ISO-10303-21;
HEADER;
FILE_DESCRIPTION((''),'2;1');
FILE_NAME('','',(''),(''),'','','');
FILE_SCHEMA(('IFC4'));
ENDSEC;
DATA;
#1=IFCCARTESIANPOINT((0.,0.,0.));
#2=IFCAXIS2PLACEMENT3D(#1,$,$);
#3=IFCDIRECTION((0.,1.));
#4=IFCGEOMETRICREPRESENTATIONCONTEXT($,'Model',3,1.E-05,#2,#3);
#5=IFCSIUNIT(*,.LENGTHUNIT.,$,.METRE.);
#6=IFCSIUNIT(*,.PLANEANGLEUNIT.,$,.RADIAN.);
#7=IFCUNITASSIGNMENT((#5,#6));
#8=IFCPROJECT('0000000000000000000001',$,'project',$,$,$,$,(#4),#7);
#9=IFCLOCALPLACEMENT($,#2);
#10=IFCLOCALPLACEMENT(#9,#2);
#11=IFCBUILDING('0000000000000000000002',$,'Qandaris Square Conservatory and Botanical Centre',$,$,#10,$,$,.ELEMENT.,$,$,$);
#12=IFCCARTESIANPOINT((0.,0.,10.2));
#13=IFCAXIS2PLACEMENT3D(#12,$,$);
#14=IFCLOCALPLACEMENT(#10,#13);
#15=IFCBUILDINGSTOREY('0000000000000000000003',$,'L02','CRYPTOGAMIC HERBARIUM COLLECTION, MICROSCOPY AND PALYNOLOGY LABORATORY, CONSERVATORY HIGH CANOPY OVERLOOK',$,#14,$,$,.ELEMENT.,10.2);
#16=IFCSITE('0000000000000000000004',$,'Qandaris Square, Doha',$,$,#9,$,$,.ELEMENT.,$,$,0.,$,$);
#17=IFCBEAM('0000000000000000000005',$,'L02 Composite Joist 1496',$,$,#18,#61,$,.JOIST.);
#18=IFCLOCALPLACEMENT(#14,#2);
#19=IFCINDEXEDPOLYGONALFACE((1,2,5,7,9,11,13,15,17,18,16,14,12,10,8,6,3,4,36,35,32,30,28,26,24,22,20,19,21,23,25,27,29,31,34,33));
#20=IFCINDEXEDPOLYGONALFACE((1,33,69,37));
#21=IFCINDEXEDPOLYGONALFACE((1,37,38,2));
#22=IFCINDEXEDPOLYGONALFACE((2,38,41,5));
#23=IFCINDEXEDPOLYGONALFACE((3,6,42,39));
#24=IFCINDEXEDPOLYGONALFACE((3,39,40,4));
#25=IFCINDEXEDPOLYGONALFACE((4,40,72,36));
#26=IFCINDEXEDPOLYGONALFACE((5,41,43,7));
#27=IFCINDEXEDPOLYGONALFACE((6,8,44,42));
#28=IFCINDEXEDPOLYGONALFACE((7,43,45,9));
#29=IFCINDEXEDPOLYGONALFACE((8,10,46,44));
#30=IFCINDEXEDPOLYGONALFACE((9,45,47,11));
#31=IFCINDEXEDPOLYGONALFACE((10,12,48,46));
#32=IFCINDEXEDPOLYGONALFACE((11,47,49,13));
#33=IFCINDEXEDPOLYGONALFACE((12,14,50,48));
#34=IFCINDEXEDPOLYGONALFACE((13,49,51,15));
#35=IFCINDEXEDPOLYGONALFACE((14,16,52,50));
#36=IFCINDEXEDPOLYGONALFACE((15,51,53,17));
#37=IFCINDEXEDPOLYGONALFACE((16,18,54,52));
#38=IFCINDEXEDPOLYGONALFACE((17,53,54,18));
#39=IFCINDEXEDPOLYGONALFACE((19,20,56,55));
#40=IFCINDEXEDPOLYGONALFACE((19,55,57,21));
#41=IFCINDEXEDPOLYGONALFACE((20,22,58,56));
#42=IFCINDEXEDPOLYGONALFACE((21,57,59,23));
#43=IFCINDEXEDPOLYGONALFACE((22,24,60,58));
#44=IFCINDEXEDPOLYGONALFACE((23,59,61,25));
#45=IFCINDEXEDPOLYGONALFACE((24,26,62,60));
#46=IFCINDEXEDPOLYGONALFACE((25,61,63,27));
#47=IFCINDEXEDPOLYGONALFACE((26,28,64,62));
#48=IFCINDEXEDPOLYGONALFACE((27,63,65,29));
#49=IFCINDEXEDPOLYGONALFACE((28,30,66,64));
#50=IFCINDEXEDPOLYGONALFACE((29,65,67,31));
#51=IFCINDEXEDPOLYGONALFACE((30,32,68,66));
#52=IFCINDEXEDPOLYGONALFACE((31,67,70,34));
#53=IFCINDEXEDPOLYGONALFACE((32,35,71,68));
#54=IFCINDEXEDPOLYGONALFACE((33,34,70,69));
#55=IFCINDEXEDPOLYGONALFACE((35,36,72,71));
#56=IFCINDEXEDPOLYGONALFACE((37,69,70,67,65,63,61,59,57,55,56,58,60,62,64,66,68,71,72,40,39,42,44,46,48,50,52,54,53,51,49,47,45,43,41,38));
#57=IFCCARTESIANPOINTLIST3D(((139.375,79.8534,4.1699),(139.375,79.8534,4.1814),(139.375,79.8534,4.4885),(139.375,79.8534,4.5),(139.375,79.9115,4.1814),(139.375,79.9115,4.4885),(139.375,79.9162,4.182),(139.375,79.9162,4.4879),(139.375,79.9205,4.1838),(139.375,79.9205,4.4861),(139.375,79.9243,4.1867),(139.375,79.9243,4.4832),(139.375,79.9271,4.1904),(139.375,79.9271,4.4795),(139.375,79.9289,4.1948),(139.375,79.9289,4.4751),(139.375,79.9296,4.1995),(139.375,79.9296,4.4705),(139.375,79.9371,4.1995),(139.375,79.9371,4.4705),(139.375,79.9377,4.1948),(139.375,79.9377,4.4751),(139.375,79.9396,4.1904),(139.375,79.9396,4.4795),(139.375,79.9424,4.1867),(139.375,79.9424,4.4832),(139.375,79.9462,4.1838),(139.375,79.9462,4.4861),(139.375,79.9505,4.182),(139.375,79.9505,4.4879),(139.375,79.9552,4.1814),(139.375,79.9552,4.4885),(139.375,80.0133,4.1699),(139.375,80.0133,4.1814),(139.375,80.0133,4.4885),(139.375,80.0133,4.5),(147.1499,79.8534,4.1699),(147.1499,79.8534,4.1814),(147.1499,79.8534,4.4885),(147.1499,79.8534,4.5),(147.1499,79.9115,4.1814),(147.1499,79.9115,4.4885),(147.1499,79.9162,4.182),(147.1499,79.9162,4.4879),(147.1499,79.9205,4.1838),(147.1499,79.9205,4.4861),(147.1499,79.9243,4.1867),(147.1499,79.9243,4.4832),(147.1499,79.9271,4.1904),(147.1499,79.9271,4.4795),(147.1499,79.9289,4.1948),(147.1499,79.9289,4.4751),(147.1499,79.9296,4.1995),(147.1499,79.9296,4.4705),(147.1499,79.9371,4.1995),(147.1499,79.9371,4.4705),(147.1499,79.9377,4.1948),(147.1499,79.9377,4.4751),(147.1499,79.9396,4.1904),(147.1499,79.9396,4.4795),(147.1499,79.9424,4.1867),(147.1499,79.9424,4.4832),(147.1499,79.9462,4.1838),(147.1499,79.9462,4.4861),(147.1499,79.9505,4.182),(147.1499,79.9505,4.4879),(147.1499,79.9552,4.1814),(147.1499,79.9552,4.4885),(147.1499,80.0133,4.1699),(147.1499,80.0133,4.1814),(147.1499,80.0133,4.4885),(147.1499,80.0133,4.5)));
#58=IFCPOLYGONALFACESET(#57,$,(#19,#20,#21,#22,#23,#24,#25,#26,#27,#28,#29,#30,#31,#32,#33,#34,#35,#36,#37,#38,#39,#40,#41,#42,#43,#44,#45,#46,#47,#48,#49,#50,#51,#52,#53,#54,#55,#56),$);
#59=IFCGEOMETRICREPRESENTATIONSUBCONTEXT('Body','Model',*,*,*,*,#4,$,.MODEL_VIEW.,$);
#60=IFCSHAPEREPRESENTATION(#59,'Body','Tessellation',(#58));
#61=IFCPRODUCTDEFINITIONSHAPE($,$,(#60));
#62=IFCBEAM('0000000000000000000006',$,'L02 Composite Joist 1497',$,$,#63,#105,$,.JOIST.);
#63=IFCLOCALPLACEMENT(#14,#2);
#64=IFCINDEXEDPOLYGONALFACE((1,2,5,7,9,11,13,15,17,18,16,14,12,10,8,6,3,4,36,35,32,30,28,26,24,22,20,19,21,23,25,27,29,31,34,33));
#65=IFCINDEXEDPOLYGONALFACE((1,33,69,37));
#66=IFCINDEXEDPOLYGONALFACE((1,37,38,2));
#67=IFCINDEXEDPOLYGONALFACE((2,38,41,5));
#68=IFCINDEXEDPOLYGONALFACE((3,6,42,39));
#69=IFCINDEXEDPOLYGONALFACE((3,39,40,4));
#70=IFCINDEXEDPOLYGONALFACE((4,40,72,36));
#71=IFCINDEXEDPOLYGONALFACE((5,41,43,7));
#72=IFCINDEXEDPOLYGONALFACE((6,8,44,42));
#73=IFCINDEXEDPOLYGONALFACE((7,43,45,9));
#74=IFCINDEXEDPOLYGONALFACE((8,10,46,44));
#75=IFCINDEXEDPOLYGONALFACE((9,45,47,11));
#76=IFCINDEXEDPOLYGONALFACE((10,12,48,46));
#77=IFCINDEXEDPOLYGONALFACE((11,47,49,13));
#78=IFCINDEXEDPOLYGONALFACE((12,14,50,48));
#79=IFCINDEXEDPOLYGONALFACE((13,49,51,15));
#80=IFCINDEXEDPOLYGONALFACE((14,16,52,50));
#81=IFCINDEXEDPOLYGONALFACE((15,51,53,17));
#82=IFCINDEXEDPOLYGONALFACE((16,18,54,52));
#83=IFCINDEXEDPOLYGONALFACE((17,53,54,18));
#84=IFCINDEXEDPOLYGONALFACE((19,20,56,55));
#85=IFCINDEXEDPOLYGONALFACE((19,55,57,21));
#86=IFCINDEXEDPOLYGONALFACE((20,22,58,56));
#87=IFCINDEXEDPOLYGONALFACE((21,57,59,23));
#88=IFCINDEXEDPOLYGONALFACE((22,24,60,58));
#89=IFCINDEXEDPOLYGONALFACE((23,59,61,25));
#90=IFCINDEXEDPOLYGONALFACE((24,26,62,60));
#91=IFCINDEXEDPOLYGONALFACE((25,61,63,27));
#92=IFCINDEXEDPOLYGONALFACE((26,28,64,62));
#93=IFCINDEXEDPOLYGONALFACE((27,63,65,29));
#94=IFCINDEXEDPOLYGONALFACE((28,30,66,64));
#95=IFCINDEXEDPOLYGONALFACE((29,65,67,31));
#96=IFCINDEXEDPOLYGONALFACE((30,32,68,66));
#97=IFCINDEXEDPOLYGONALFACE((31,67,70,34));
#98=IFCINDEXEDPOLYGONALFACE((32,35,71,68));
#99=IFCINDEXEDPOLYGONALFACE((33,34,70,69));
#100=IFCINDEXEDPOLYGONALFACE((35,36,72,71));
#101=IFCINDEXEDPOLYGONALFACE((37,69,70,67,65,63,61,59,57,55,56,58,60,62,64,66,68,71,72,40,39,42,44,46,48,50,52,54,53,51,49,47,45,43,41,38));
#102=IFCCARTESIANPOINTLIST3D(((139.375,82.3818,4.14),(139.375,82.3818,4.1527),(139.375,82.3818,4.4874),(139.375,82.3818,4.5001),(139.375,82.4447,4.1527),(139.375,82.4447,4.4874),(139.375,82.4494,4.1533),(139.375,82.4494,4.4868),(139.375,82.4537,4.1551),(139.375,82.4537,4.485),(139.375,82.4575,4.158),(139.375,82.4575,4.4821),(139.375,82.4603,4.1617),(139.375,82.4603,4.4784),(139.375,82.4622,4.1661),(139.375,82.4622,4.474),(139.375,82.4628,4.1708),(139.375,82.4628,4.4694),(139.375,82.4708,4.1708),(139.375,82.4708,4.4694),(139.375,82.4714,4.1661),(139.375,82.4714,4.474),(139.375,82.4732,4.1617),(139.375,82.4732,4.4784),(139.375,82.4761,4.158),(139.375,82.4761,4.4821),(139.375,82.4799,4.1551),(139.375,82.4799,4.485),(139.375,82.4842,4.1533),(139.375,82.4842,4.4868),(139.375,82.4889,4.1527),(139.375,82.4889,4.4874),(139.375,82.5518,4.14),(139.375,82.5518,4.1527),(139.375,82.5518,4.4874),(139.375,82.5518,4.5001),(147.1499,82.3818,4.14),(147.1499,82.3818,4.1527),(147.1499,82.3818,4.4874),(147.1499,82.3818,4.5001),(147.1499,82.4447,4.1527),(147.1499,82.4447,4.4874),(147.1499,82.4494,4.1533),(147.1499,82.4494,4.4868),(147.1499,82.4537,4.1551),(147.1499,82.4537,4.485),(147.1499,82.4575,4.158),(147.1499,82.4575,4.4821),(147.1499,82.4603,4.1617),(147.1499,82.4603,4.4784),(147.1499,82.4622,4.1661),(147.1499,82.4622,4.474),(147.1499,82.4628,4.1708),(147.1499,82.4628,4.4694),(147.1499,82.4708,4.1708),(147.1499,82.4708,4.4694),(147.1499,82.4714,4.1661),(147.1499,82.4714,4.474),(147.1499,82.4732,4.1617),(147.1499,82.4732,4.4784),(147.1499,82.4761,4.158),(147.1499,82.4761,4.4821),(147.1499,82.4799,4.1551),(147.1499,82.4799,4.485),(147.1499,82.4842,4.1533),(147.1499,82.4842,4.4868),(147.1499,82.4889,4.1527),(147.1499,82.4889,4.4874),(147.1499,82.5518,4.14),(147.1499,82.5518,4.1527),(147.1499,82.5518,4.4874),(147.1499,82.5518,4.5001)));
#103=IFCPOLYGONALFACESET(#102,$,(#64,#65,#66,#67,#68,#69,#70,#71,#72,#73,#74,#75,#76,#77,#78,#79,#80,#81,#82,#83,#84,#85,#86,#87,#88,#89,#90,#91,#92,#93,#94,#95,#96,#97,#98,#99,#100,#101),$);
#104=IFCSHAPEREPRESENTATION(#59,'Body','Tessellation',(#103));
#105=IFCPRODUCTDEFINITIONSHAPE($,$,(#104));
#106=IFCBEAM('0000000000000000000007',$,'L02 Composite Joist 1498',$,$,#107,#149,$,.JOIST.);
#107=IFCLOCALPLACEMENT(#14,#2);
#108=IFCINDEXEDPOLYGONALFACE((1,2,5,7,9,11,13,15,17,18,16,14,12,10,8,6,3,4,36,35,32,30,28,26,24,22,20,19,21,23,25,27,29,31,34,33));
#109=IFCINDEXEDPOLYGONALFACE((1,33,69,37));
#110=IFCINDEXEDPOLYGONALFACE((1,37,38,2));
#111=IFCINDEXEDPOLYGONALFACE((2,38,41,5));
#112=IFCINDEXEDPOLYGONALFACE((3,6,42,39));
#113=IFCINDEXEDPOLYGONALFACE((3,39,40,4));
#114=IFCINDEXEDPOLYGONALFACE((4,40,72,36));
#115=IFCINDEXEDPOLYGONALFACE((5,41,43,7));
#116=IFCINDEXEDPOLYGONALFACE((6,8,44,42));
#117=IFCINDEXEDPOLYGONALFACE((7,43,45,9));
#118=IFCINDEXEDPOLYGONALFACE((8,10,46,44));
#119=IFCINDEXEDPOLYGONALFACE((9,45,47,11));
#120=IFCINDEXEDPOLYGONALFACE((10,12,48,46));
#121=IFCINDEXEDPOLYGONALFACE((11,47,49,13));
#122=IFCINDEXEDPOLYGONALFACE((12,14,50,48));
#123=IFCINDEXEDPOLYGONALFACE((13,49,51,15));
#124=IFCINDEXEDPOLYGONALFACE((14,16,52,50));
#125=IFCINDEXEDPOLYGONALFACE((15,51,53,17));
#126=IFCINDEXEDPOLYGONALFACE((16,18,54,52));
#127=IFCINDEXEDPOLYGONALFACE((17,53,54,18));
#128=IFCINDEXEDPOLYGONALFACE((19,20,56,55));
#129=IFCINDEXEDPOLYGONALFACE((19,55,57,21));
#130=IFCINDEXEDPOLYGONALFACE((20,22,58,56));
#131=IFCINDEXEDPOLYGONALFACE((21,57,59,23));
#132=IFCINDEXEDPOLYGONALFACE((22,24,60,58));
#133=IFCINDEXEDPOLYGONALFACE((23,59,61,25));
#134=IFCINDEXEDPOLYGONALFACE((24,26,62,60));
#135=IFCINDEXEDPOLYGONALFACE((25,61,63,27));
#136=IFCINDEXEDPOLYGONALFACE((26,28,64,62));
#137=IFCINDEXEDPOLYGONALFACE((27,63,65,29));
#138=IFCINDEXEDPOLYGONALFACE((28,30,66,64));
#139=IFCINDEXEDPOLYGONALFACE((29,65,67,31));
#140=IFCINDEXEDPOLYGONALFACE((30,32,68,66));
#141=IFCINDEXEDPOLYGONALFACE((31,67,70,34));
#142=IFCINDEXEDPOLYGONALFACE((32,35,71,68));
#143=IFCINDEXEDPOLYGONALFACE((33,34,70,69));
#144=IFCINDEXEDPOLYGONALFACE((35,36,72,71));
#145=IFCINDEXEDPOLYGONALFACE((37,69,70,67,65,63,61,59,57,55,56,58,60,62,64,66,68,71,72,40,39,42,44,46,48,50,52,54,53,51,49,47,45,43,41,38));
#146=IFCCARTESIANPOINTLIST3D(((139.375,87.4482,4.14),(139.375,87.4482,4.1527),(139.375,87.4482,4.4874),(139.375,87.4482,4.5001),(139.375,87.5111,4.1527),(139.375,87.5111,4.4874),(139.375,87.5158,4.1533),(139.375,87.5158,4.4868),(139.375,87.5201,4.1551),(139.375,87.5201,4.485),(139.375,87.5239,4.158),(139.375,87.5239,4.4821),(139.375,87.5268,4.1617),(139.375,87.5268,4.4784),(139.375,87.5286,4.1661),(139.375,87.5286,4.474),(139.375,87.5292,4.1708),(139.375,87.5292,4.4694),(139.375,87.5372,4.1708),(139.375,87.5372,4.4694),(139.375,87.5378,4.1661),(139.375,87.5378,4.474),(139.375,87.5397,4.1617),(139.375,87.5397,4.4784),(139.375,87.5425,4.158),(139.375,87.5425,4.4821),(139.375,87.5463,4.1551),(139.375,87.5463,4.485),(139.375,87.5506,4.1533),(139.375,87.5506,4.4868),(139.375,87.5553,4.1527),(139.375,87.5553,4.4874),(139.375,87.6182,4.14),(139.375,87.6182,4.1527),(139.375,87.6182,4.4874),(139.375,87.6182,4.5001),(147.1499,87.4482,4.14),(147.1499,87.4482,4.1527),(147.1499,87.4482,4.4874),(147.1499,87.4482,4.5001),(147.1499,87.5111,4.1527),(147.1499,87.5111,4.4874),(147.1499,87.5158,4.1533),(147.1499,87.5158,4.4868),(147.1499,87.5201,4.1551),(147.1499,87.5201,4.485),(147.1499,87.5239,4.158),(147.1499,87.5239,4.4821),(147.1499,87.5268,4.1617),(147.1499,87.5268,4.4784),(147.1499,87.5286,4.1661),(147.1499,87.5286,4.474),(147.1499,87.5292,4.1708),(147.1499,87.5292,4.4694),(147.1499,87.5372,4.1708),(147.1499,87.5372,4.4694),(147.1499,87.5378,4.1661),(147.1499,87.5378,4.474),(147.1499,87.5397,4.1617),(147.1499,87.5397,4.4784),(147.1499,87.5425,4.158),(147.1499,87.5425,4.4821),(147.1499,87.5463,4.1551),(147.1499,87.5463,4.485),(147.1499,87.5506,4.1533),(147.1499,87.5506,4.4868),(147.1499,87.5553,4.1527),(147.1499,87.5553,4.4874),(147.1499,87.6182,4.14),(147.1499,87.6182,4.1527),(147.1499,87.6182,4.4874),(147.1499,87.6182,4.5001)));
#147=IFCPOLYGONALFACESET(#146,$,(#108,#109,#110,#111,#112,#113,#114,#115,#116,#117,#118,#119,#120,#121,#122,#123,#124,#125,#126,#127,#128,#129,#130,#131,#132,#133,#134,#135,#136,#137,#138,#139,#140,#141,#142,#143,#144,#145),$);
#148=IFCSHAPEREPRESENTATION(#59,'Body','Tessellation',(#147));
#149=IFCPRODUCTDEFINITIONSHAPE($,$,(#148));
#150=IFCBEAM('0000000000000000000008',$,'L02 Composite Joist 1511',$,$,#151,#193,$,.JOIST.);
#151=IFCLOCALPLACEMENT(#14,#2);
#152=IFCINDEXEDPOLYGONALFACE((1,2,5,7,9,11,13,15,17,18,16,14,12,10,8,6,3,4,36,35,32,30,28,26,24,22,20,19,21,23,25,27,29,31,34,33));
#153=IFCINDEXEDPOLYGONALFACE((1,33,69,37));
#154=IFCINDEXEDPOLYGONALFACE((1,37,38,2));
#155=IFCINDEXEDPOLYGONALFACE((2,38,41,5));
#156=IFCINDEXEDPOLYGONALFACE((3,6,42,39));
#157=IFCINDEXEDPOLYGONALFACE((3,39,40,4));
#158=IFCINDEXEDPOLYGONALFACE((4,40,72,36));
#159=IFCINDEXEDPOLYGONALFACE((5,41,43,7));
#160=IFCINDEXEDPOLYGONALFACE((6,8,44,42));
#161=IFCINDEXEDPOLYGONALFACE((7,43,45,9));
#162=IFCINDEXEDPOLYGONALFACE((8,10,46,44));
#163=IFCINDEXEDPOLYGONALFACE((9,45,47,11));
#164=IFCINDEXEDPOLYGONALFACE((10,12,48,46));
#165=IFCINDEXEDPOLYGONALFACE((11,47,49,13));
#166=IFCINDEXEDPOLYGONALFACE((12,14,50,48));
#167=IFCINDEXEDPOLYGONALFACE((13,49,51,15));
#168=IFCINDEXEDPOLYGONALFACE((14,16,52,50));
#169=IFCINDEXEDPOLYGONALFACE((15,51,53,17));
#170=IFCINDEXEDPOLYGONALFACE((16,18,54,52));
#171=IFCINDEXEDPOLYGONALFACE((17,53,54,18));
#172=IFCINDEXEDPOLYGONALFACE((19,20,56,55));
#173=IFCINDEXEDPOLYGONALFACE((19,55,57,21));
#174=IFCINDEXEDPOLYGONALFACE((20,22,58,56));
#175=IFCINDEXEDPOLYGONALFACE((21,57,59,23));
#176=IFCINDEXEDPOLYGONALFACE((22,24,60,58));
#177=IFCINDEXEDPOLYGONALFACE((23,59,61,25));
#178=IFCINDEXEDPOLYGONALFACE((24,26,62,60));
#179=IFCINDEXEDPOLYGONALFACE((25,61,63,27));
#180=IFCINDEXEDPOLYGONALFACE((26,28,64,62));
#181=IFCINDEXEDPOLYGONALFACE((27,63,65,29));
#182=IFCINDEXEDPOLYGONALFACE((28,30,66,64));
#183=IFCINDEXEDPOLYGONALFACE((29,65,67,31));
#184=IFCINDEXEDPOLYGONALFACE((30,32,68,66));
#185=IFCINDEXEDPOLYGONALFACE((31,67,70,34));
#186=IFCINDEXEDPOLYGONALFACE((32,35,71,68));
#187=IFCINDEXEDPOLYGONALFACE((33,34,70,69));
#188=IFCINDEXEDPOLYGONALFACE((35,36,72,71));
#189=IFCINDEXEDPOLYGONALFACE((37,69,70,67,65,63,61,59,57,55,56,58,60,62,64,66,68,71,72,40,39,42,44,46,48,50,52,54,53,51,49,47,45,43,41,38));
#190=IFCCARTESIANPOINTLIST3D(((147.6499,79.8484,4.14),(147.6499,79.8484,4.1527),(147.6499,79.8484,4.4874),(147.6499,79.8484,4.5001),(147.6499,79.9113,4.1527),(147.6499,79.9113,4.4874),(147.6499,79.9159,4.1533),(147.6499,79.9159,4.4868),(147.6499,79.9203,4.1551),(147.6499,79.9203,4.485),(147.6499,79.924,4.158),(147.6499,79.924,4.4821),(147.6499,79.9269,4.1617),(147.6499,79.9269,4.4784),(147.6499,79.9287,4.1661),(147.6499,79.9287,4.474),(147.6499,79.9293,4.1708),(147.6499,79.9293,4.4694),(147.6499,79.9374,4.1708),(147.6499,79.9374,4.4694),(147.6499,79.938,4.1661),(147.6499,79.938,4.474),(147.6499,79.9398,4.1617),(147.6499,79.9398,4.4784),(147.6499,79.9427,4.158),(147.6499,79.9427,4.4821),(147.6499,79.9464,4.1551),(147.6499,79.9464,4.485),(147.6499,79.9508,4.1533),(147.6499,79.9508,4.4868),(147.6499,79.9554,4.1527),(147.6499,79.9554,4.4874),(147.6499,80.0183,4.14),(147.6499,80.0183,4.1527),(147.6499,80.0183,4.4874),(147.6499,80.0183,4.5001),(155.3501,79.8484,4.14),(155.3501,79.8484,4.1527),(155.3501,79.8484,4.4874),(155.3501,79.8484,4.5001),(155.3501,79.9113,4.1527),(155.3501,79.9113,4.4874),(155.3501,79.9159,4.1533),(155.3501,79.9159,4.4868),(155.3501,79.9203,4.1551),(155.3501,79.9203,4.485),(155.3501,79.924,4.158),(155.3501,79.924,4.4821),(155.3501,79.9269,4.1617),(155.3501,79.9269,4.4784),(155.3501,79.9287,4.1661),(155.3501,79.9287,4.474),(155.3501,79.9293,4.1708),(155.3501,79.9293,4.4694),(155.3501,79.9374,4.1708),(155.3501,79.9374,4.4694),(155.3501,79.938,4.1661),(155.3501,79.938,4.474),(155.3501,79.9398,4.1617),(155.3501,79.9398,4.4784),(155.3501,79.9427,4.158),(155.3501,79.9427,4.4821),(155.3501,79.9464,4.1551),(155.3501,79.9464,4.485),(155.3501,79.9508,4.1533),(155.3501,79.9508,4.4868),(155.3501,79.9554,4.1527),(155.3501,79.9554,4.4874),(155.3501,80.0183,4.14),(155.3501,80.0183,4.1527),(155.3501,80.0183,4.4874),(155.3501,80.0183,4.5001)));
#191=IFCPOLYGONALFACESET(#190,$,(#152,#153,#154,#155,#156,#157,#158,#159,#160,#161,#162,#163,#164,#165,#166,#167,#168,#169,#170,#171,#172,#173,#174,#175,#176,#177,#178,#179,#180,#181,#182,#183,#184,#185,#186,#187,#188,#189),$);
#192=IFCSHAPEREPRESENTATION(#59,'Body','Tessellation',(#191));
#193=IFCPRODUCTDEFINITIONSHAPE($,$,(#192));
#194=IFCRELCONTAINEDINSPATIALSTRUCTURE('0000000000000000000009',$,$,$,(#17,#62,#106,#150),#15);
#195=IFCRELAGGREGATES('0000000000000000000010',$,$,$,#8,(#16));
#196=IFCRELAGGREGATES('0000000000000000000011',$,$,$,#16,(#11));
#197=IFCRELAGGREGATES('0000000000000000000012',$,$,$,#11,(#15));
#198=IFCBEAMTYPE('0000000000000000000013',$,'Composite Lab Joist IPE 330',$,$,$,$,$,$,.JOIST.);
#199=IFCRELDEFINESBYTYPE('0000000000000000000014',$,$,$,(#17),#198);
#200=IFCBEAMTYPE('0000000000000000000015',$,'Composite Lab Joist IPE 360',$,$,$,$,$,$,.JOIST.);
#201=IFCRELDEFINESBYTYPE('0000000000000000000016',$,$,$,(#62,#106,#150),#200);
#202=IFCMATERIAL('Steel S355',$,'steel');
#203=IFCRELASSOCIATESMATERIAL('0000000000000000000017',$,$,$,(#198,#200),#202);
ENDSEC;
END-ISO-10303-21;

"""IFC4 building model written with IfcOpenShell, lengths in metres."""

from ifc_helpers import new_model, si_unit, direction, frame, origin, origin_2d, place, context, subcontext, project, spatial, i_section, extrude, material, material_profile, profile_set, type_object, element, save


model = new_model("IFC4")

# Units and contexts
model_context = context("Model", 3, precision=1e-05, world=origin(), true_north=direction((0.0, 1.0)))
body_context = subcontext(model_context, "Body", "Model", "MODEL_VIEW")
ifc_project = project(units=[si_unit("LENGTHUNIT", "METRE"), si_unit("PLANEANGLEUNIT", "RADIAN")], contexts=[model_context])

# Site, building, storey
site_placement = place(None, origin())
site = spatial("IfcSite", under=ifc_project, at=site_placement, Name="Qandaris Square, Doha", CompositionType="ELEMENT", RefElevation=0.0)
building_placement = place(site_placement, origin())
building = spatial("IfcBuilding", under=site, at=building_placement, Name="Qandaris Square Conservatory and Botanical Centre", CompositionType="ELEMENT")
storey_placement = place(building_placement, frame((0.0, 0.0, 10.2)))
storey = spatial("IfcBuildingStorey", under=building, at=storey_placement, Name="L02", Description="CRYPTOGAMIC HERBARIUM COLLECTION, MICROSCOPY AND PALYNOLOGY LABORATORY, CONSERVATORY HIGH CANOPY OVERLOOK", CompositionType="ELEMENT", Elevation=10.2)

# Beams
ifc_material_1 = material(Name="Steel S355", Category="steel")
ifc_material_profile_1 = material_profile(ifc_material_1, i_section(OverallWidth=0.1599, OverallDepth=0.3301, WebThickness=0.0076, FlangeThickness=0.0115, FilletRadius=0.0181, at=origin_2d()), Name="IPE 330")
ifc_profile_set_1 = profile_set([ifc_material_profile_1], Name="Steel S355")
beam_type_1 = type_object("IfcBeamType", Name="Composite Lab Joist IPE 330", PredefinedType="JOIST", material=ifc_profile_set_1)
for number, where, z_axis, x_axis, name in (
    (1, (139.375, 79.9333, 4.335), (1.0, 0.0, 0.0), (0.0, 1.0, 0.0), "L02 Composite Joist 1496"),
):
    element("IfcBeam", number, at=place(storey_placement, frame(where, z_axis=z_axis, x_axis=x_axis)), inside=storey, type_object=beam_type_1, Name=name, PredefinedType="JOIST", context=body_context, shape_type="SweptSolid", body=[
        extrude(i_section(OverallWidth=0.1599, OverallDepth=0.3301, WebThickness=0.0076, FlangeThickness=0.0115, FilletRadius=0.0181, at=origin_2d()), origin(), (0.0, 0.0, 1.0), 7.7749),
    ])
ifc_material_profile_2 = material_profile(ifc_material_1, i_section(OverallWidth=0.1699, OverallDepth=0.3601, WebThickness=0.0081, FlangeThickness=0.0127, FilletRadius=0.0181, at=origin_2d()), Name="IPE 360")
ifc_profile_set_2 = profile_set([ifc_material_profile_2], Name="Steel S355")
beam_type_2 = type_object("IfcBeamType", Name="Composite Lab Joist IPE 360", PredefinedType="JOIST", material=ifc_profile_set_2)
for number, where, z_axis, x_axis, name in (
    (2, (139.375, 82.4668, 4.3201), (1.0, 0.0, 0.0), (0.0, 1.0, 0.0), "L02 Composite Joist 1497"),
    (3, (139.375, 87.5332, 4.3201), (1.0, 0.0, 0.0), (0.0, 1.0, 0.0), "L02 Composite Joist 1498"),
):
    element("IfcBeam", number, at=place(storey_placement, frame(where, z_axis=z_axis, x_axis=x_axis)), inside=storey, type_object=beam_type_2, Name=name, PredefinedType="JOIST", context=body_context, shape_type="SweptSolid", body=[
        extrude(i_section(OverallWidth=0.1699, OverallDepth=0.3601, WebThickness=0.0081, FlangeThickness=0.0127, FilletRadius=0.0181, at=origin_2d()), origin(), (0.0, 0.0, 1.0), 7.7749),
    ])
beam_1_placement = place(storey_placement, frame((147.6499, 79.9333, 4.3201), z_axis=(1.0, 0.0, 0.0), x_axis=(0.0, 1.0, 0.0)))
element("IfcBeam", 4, at=beam_1_placement, inside=storey, type_object=beam_type_2, Name="L02 Composite Joist 1511", PredefinedType="JOIST", context=body_context, shape_type="SweptSolid", body=[
    extrude(i_section(OverallWidth=0.1699, OverallDepth=0.3601, WebThickness=0.0081, FlangeThickness=0.0127, FilletRadius=0.0181, at=origin_2d()), origin(), (0.0, 0.0, 1.0), 7.7002),
])

save(model, "model.ifc")
